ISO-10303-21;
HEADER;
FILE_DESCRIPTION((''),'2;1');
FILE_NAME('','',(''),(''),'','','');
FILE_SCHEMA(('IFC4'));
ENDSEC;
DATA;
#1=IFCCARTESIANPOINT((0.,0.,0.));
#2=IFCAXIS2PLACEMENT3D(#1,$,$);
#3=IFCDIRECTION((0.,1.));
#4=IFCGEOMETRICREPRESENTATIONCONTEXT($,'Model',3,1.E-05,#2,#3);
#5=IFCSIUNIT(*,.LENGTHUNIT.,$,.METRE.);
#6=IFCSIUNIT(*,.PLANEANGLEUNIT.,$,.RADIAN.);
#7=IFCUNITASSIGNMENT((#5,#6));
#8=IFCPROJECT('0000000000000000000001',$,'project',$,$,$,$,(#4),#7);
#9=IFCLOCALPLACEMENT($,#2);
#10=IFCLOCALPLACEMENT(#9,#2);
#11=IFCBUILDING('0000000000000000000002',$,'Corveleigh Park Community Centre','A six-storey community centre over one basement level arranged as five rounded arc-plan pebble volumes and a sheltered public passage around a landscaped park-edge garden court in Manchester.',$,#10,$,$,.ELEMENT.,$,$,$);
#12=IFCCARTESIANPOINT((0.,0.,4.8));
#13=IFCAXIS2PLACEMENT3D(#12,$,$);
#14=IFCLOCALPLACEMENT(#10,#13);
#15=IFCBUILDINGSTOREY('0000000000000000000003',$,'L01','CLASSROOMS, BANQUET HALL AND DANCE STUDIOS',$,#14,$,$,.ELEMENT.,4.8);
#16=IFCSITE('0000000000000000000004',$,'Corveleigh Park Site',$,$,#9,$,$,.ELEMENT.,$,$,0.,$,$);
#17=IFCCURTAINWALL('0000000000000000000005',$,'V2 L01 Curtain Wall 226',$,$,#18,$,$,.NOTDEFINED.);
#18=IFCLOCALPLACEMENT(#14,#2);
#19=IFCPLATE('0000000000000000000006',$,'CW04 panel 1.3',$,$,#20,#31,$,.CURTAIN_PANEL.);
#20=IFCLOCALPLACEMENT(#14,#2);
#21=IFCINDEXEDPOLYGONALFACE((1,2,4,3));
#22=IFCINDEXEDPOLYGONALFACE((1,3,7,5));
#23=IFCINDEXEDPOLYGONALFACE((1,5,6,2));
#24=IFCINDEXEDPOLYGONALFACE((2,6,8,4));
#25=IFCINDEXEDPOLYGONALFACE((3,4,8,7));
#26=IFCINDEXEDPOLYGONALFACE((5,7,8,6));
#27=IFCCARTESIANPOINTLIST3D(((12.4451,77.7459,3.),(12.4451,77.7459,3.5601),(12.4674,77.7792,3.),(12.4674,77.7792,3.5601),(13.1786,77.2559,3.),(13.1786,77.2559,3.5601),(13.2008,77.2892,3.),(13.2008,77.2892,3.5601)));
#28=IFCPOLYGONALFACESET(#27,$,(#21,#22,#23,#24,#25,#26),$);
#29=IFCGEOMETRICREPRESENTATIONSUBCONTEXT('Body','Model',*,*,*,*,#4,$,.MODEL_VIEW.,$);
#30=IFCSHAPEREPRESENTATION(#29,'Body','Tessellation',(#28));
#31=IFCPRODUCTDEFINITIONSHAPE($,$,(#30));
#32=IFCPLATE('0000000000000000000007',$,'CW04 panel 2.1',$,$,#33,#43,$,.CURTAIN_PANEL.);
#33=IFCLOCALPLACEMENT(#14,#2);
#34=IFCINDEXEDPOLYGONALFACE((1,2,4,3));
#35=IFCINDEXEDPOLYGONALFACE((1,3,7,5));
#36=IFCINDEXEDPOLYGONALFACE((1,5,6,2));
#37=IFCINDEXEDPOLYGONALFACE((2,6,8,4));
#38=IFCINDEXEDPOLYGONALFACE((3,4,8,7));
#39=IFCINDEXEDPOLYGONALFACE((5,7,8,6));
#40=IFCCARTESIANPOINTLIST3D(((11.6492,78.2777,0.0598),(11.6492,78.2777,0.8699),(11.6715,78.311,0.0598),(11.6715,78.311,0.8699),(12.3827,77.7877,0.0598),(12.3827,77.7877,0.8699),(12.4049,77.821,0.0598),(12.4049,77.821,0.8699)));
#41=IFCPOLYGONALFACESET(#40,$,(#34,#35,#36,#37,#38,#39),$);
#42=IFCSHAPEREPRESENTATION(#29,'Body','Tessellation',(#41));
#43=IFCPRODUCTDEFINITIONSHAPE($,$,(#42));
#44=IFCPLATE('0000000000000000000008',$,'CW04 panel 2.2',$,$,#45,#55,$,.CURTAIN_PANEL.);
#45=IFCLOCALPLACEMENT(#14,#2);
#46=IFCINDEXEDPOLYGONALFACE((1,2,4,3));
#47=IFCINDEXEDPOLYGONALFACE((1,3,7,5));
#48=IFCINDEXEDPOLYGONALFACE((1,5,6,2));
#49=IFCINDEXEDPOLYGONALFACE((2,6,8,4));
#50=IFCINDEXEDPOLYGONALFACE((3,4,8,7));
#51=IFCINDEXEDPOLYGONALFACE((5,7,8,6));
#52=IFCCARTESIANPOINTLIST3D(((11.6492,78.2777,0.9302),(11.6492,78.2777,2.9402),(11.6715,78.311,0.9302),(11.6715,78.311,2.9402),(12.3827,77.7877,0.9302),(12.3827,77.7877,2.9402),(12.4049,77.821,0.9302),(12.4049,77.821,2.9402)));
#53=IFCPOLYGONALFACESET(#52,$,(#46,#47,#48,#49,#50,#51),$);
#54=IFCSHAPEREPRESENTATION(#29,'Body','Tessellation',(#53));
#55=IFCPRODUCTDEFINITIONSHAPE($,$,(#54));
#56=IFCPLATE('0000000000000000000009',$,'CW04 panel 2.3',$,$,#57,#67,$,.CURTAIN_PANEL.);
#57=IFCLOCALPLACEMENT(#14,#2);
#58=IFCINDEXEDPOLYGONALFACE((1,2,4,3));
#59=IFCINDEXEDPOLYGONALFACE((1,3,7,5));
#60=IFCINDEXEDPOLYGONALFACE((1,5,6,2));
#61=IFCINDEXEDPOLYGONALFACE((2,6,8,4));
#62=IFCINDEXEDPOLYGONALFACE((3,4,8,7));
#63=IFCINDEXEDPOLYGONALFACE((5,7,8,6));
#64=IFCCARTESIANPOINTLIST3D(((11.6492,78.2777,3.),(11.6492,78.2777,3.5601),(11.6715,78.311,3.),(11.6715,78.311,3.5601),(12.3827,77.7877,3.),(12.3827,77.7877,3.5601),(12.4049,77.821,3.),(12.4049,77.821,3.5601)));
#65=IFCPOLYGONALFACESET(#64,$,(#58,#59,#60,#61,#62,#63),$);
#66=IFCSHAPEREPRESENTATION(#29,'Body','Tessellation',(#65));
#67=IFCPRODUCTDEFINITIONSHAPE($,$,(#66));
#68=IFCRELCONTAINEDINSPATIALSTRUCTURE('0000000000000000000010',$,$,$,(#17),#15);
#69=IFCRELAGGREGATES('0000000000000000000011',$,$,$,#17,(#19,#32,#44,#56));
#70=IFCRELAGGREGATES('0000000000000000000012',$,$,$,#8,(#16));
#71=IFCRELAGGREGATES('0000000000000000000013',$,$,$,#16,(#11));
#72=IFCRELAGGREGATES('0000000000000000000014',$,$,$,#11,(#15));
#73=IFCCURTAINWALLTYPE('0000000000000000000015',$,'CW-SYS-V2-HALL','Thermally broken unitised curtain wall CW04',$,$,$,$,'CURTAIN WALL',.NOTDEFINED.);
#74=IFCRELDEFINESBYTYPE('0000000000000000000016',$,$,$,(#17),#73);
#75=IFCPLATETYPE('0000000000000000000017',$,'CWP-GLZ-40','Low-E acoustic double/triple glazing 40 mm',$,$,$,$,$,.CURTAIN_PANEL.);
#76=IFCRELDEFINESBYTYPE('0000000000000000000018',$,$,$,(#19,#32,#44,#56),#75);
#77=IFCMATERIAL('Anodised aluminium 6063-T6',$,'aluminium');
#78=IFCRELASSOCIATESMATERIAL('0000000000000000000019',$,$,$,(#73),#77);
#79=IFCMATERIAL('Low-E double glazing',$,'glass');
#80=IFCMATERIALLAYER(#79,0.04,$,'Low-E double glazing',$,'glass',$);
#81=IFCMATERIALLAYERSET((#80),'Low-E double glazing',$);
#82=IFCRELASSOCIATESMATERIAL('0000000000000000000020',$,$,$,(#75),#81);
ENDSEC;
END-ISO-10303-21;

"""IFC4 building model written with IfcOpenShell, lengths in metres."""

from ifc_helpers import new_model, si_unit, direction, frame, origin, origin_2d, place, context, subcontext, project, spatial, rectangle, extrude, material, layer, layer_set, type_object, element, aggregate, save


model = new_model("IFC4")

# Units and contexts
model_context = context("Model", 3, precision=1e-05, world=origin(), true_north=direction((0.0, 1.0)))
body_context = subcontext(model_context, "Body", "Model", "MODEL_VIEW")
ifc_project = project(units=[si_unit("LENGTHUNIT", "METRE"), si_unit("PLANEANGLEUNIT", "RADIAN")], contexts=[model_context])

# Site, building, storey
site_placement = place(None, origin())
site = spatial("IfcSite", under=ifc_project, at=site_placement, Name="Corveleigh Park Site", CompositionType="ELEMENT", RefElevation=0.0)
building_placement = place(site_placement, origin())
building = spatial("IfcBuilding", under=site, at=building_placement, Name="Corveleigh Park Community Centre", Description="A six-storey community centre over one basement level arranged as five rounded arc-plan pebble volumes and a sheltered public passage around a landscaped park-edge garden court in Manchester.", CompositionType="ELEMENT")
storey_placement = place(building_placement, frame((0.0, 0.0, 4.8)))
storey = spatial("IfcBuildingStorey", under=building, at=storey_placement, Name="L01", Description="CLASSROOMS, BANQUET HALL AND DANCE STUDIOS", CompositionType="ELEMENT", Elevation=4.8)

# Shared definitions
ifc_material_1 = material(Name="Anodised aluminium 6063-T6", Category="aluminium")
curtain_wall_type = type_object("IfcCurtainWallType", Name="CW-SYS-V2-HALL", Description="Thermally broken unitised curtain wall CW04", ElementType="CURTAIN WALL", PredefinedType="NOTDEFINED", material=ifc_material_1)

# Curtain wall
curtain_wall_1_placement = place(storey_placement, origin())
curtain_wall_1 = element("IfcCurtainWall", 1, at=curtain_wall_1_placement, inside=storey, type_object=curtain_wall_type, Name="V2 L01 Curtain Wall 226", PredefinedType="NOTDEFINED")

# Plates
ifc_material_2 = material(Name="Low-E double glazing", Category="glass")
ifc_layer = layer(ifc_material_2, 0.04, Name="Low-E double glazing", Category="glass")
ifc_layer_set = layer_set([ifc_layer], Name="Low-E double glazing")
plate_type = type_object("IfcPlateType", Name="CWP-GLZ-40", Description="Low-E acoustic double/triple glazing 40 mm", PredefinedType="CURTAIN_PANEL", material=ifc_layer_set)
plate_1_placement = place(storey_placement, frame((12.823, 77.5176, 3.0), z_axis=(0.0, 0.0, 1.0), x_axis=(-0.831509, 0.555512, 0.0)))
plate_1 = element("IfcPlate", 2, at=plate_1_placement, type_object=plate_type, Name="CW04 panel 1.3", PredefinedType="CURTAIN_PANEL", context=body_context, shape_type="SweptSolid", body=[
    extrude(rectangle(XDim=0.8821, YDim=0.04, at=origin_2d()), origin(), (0.0, 0.0, 1.0), 0.5601),
])
plate_2_placement = place(storey_placement, frame((12.0271, 78.0493, 0.0598), z_axis=(0.0, 0.0, 1.0), x_axis=(-0.831509, 0.555512, 0.0)))
plate_2 = element("IfcPlate", 3, at=plate_2_placement, type_object=plate_type, Name="CW04 panel 2.1", PredefinedType="CURTAIN_PANEL", context=body_context, shape_type="SweptSolid", body=[
    extrude(rectangle(XDim=0.8821, YDim=0.04, at=origin_2d()), origin(), (0.0, 0.0, 1.0), 0.8101),
])
plate_3_placement = place(storey_placement, frame((12.0271, 78.0493, 0.9302), z_axis=(0.0, 0.0, 1.0), x_axis=(-0.831509, 0.555512, 0.0)))
plate_3 = element("IfcPlate", 4, at=plate_3_placement, type_object=plate_type, Name="CW04 panel 2.2", PredefinedType="CURTAIN_PANEL", context=body_context, shape_type="SweptSolid", body=[
    extrude(rectangle(XDim=0.8821, YDim=0.04, at=origin_2d()), origin(), (0.0, 0.0, 1.0), 2.01),
])
plate_4_placement = place(storey_placement, frame((12.0271, 78.0493, 3.0), z_axis=(0.0, 0.0, 1.0), x_axis=(-0.831509, 0.555512, 0.0)))
plate_4 = element("IfcPlate", 5, at=plate_4_placement, type_object=plate_type, Name="CW04 panel 2.3", PredefinedType="CURTAIN_PANEL", context=body_context, shape_type="SweptSolid", body=[
    extrude(rectangle(XDim=0.8821, YDim=0.04, at=origin_2d()), origin(), (0.0, 0.0, 1.0), 0.5601),
])
aggregate(curtain_wall_1, [plate_1, plate_2, plate_3, plate_4])

save(model, "model.ifc")
